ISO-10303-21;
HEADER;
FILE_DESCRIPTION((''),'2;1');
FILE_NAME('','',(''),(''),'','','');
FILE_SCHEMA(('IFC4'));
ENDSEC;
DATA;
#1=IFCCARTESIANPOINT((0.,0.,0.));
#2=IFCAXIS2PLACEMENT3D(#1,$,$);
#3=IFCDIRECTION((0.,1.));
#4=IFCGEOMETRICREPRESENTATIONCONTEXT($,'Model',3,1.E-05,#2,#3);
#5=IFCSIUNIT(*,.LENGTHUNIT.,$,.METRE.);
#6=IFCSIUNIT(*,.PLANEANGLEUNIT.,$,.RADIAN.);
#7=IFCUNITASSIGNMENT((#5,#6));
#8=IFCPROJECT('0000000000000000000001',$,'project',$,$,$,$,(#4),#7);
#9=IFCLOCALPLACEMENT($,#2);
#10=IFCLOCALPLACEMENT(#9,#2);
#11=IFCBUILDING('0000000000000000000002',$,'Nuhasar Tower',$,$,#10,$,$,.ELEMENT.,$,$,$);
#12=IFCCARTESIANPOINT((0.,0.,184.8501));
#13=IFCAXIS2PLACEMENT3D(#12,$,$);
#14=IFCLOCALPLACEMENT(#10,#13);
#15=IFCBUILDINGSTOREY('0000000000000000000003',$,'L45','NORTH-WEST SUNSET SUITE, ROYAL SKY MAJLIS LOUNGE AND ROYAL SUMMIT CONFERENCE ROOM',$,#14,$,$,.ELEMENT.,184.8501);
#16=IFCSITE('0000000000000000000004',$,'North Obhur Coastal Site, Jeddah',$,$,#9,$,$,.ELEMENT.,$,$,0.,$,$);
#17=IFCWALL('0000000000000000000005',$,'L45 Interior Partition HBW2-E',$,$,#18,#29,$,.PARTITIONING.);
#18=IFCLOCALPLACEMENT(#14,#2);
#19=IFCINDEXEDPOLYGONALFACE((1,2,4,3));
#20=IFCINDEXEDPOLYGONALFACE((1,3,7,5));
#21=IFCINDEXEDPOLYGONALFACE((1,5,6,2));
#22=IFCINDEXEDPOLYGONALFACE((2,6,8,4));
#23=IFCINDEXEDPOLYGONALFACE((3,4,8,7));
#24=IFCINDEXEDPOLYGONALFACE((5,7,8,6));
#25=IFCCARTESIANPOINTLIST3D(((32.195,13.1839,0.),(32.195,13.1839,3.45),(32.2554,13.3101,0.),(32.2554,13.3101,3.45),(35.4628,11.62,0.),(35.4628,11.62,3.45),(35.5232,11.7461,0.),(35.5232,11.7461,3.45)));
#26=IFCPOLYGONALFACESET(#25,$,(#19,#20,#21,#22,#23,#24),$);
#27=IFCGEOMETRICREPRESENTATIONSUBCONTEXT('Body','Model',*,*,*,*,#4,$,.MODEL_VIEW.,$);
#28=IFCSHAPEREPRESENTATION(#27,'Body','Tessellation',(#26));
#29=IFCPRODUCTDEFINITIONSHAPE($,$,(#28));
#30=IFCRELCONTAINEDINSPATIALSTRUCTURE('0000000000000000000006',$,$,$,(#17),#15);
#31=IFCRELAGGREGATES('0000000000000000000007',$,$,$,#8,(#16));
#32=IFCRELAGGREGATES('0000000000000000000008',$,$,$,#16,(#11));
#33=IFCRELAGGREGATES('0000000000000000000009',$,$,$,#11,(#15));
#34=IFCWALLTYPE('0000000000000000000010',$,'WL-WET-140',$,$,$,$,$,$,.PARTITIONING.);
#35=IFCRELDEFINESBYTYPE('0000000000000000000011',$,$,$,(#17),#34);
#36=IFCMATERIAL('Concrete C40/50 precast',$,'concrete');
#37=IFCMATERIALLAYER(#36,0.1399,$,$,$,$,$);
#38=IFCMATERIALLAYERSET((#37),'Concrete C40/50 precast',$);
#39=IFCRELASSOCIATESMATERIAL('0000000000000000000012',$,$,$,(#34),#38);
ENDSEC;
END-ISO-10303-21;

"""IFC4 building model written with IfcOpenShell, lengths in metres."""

from ifc_helpers import new_model, si_unit, direction, frame, frame_2d, origin, place, context, subcontext, project, spatial, rectangle, extrude, material, layer, layer_set, type_object, element, save


model = new_model("IFC4")

# Units and contexts
model_context = context("Model", 3, precision=1e-05, world=origin(), true_north=direction((0.0, 1.0)))
body_context = subcontext(model_context, "Body", "Model", "MODEL_VIEW")
ifc_project = project(units=[si_unit("LENGTHUNIT", "METRE"), si_unit("PLANEANGLEUNIT", "RADIAN")], contexts=[model_context])

# Site, building, storey
site_placement = place(None, origin())
site = spatial("IfcSite", under=ifc_project, at=site_placement, Name="North Obhur Coastal Site, Jeddah", CompositionType="ELEMENT", RefElevation=0.0)
building_placement = place(site_placement, origin())
building = spatial("IfcBuilding", under=site, at=building_placement, Name="Nuhasar Tower", CompositionType="ELEMENT")
storey_placement = place(building_placement, frame((0.0, 0.0, 184.8501)))
storey = spatial("IfcBuildingStorey", under=building, at=storey_placement, Name="L45", Description="NORTH-WEST SUNSET SUITE, ROYAL SKY MAJLIS LOUNGE AND ROYAL SUMMIT CONFERENCE ROOM", CompositionType="ELEMENT", Elevation=184.8501)

# Shared definitions
ifc_material_1 = material(Name="Concrete C40/50 precast", Category="concrete")
ifc_layer_1 = layer(ifc_material_1, 0.1399)
ifc_layer_set_1 = layer_set([ifc_layer_1], Name="Concrete C40/50 precast")
wall_type_1 = type_object("IfcWallType", Name="WL-WET-140", PredefinedType="PARTITIONING", material=ifc_layer_set_1)

# Wall
wall_1_placement = place(storey_placement, frame((32.2251, 13.2471, 0.0), z_axis=(0.0, 0.0, 1.0), x_axis=(0.902017, -0.431701, 0.0)))
element("IfcWall", 1, at=wall_1_placement, inside=storey, type_object=wall_type_1, Name="L45 Interior Partition HBW2-E", PredefinedType="PARTITIONING", context=body_context, shape_type="SweptSolid", body=[
    extrude(rectangle(XDim=3.6228, YDim=0.1399, at=frame_2d((1.8115, 0.0))), origin(), (0.0, 0.0, 1.0), 3.45),
])

save(model, "model.ifc")
